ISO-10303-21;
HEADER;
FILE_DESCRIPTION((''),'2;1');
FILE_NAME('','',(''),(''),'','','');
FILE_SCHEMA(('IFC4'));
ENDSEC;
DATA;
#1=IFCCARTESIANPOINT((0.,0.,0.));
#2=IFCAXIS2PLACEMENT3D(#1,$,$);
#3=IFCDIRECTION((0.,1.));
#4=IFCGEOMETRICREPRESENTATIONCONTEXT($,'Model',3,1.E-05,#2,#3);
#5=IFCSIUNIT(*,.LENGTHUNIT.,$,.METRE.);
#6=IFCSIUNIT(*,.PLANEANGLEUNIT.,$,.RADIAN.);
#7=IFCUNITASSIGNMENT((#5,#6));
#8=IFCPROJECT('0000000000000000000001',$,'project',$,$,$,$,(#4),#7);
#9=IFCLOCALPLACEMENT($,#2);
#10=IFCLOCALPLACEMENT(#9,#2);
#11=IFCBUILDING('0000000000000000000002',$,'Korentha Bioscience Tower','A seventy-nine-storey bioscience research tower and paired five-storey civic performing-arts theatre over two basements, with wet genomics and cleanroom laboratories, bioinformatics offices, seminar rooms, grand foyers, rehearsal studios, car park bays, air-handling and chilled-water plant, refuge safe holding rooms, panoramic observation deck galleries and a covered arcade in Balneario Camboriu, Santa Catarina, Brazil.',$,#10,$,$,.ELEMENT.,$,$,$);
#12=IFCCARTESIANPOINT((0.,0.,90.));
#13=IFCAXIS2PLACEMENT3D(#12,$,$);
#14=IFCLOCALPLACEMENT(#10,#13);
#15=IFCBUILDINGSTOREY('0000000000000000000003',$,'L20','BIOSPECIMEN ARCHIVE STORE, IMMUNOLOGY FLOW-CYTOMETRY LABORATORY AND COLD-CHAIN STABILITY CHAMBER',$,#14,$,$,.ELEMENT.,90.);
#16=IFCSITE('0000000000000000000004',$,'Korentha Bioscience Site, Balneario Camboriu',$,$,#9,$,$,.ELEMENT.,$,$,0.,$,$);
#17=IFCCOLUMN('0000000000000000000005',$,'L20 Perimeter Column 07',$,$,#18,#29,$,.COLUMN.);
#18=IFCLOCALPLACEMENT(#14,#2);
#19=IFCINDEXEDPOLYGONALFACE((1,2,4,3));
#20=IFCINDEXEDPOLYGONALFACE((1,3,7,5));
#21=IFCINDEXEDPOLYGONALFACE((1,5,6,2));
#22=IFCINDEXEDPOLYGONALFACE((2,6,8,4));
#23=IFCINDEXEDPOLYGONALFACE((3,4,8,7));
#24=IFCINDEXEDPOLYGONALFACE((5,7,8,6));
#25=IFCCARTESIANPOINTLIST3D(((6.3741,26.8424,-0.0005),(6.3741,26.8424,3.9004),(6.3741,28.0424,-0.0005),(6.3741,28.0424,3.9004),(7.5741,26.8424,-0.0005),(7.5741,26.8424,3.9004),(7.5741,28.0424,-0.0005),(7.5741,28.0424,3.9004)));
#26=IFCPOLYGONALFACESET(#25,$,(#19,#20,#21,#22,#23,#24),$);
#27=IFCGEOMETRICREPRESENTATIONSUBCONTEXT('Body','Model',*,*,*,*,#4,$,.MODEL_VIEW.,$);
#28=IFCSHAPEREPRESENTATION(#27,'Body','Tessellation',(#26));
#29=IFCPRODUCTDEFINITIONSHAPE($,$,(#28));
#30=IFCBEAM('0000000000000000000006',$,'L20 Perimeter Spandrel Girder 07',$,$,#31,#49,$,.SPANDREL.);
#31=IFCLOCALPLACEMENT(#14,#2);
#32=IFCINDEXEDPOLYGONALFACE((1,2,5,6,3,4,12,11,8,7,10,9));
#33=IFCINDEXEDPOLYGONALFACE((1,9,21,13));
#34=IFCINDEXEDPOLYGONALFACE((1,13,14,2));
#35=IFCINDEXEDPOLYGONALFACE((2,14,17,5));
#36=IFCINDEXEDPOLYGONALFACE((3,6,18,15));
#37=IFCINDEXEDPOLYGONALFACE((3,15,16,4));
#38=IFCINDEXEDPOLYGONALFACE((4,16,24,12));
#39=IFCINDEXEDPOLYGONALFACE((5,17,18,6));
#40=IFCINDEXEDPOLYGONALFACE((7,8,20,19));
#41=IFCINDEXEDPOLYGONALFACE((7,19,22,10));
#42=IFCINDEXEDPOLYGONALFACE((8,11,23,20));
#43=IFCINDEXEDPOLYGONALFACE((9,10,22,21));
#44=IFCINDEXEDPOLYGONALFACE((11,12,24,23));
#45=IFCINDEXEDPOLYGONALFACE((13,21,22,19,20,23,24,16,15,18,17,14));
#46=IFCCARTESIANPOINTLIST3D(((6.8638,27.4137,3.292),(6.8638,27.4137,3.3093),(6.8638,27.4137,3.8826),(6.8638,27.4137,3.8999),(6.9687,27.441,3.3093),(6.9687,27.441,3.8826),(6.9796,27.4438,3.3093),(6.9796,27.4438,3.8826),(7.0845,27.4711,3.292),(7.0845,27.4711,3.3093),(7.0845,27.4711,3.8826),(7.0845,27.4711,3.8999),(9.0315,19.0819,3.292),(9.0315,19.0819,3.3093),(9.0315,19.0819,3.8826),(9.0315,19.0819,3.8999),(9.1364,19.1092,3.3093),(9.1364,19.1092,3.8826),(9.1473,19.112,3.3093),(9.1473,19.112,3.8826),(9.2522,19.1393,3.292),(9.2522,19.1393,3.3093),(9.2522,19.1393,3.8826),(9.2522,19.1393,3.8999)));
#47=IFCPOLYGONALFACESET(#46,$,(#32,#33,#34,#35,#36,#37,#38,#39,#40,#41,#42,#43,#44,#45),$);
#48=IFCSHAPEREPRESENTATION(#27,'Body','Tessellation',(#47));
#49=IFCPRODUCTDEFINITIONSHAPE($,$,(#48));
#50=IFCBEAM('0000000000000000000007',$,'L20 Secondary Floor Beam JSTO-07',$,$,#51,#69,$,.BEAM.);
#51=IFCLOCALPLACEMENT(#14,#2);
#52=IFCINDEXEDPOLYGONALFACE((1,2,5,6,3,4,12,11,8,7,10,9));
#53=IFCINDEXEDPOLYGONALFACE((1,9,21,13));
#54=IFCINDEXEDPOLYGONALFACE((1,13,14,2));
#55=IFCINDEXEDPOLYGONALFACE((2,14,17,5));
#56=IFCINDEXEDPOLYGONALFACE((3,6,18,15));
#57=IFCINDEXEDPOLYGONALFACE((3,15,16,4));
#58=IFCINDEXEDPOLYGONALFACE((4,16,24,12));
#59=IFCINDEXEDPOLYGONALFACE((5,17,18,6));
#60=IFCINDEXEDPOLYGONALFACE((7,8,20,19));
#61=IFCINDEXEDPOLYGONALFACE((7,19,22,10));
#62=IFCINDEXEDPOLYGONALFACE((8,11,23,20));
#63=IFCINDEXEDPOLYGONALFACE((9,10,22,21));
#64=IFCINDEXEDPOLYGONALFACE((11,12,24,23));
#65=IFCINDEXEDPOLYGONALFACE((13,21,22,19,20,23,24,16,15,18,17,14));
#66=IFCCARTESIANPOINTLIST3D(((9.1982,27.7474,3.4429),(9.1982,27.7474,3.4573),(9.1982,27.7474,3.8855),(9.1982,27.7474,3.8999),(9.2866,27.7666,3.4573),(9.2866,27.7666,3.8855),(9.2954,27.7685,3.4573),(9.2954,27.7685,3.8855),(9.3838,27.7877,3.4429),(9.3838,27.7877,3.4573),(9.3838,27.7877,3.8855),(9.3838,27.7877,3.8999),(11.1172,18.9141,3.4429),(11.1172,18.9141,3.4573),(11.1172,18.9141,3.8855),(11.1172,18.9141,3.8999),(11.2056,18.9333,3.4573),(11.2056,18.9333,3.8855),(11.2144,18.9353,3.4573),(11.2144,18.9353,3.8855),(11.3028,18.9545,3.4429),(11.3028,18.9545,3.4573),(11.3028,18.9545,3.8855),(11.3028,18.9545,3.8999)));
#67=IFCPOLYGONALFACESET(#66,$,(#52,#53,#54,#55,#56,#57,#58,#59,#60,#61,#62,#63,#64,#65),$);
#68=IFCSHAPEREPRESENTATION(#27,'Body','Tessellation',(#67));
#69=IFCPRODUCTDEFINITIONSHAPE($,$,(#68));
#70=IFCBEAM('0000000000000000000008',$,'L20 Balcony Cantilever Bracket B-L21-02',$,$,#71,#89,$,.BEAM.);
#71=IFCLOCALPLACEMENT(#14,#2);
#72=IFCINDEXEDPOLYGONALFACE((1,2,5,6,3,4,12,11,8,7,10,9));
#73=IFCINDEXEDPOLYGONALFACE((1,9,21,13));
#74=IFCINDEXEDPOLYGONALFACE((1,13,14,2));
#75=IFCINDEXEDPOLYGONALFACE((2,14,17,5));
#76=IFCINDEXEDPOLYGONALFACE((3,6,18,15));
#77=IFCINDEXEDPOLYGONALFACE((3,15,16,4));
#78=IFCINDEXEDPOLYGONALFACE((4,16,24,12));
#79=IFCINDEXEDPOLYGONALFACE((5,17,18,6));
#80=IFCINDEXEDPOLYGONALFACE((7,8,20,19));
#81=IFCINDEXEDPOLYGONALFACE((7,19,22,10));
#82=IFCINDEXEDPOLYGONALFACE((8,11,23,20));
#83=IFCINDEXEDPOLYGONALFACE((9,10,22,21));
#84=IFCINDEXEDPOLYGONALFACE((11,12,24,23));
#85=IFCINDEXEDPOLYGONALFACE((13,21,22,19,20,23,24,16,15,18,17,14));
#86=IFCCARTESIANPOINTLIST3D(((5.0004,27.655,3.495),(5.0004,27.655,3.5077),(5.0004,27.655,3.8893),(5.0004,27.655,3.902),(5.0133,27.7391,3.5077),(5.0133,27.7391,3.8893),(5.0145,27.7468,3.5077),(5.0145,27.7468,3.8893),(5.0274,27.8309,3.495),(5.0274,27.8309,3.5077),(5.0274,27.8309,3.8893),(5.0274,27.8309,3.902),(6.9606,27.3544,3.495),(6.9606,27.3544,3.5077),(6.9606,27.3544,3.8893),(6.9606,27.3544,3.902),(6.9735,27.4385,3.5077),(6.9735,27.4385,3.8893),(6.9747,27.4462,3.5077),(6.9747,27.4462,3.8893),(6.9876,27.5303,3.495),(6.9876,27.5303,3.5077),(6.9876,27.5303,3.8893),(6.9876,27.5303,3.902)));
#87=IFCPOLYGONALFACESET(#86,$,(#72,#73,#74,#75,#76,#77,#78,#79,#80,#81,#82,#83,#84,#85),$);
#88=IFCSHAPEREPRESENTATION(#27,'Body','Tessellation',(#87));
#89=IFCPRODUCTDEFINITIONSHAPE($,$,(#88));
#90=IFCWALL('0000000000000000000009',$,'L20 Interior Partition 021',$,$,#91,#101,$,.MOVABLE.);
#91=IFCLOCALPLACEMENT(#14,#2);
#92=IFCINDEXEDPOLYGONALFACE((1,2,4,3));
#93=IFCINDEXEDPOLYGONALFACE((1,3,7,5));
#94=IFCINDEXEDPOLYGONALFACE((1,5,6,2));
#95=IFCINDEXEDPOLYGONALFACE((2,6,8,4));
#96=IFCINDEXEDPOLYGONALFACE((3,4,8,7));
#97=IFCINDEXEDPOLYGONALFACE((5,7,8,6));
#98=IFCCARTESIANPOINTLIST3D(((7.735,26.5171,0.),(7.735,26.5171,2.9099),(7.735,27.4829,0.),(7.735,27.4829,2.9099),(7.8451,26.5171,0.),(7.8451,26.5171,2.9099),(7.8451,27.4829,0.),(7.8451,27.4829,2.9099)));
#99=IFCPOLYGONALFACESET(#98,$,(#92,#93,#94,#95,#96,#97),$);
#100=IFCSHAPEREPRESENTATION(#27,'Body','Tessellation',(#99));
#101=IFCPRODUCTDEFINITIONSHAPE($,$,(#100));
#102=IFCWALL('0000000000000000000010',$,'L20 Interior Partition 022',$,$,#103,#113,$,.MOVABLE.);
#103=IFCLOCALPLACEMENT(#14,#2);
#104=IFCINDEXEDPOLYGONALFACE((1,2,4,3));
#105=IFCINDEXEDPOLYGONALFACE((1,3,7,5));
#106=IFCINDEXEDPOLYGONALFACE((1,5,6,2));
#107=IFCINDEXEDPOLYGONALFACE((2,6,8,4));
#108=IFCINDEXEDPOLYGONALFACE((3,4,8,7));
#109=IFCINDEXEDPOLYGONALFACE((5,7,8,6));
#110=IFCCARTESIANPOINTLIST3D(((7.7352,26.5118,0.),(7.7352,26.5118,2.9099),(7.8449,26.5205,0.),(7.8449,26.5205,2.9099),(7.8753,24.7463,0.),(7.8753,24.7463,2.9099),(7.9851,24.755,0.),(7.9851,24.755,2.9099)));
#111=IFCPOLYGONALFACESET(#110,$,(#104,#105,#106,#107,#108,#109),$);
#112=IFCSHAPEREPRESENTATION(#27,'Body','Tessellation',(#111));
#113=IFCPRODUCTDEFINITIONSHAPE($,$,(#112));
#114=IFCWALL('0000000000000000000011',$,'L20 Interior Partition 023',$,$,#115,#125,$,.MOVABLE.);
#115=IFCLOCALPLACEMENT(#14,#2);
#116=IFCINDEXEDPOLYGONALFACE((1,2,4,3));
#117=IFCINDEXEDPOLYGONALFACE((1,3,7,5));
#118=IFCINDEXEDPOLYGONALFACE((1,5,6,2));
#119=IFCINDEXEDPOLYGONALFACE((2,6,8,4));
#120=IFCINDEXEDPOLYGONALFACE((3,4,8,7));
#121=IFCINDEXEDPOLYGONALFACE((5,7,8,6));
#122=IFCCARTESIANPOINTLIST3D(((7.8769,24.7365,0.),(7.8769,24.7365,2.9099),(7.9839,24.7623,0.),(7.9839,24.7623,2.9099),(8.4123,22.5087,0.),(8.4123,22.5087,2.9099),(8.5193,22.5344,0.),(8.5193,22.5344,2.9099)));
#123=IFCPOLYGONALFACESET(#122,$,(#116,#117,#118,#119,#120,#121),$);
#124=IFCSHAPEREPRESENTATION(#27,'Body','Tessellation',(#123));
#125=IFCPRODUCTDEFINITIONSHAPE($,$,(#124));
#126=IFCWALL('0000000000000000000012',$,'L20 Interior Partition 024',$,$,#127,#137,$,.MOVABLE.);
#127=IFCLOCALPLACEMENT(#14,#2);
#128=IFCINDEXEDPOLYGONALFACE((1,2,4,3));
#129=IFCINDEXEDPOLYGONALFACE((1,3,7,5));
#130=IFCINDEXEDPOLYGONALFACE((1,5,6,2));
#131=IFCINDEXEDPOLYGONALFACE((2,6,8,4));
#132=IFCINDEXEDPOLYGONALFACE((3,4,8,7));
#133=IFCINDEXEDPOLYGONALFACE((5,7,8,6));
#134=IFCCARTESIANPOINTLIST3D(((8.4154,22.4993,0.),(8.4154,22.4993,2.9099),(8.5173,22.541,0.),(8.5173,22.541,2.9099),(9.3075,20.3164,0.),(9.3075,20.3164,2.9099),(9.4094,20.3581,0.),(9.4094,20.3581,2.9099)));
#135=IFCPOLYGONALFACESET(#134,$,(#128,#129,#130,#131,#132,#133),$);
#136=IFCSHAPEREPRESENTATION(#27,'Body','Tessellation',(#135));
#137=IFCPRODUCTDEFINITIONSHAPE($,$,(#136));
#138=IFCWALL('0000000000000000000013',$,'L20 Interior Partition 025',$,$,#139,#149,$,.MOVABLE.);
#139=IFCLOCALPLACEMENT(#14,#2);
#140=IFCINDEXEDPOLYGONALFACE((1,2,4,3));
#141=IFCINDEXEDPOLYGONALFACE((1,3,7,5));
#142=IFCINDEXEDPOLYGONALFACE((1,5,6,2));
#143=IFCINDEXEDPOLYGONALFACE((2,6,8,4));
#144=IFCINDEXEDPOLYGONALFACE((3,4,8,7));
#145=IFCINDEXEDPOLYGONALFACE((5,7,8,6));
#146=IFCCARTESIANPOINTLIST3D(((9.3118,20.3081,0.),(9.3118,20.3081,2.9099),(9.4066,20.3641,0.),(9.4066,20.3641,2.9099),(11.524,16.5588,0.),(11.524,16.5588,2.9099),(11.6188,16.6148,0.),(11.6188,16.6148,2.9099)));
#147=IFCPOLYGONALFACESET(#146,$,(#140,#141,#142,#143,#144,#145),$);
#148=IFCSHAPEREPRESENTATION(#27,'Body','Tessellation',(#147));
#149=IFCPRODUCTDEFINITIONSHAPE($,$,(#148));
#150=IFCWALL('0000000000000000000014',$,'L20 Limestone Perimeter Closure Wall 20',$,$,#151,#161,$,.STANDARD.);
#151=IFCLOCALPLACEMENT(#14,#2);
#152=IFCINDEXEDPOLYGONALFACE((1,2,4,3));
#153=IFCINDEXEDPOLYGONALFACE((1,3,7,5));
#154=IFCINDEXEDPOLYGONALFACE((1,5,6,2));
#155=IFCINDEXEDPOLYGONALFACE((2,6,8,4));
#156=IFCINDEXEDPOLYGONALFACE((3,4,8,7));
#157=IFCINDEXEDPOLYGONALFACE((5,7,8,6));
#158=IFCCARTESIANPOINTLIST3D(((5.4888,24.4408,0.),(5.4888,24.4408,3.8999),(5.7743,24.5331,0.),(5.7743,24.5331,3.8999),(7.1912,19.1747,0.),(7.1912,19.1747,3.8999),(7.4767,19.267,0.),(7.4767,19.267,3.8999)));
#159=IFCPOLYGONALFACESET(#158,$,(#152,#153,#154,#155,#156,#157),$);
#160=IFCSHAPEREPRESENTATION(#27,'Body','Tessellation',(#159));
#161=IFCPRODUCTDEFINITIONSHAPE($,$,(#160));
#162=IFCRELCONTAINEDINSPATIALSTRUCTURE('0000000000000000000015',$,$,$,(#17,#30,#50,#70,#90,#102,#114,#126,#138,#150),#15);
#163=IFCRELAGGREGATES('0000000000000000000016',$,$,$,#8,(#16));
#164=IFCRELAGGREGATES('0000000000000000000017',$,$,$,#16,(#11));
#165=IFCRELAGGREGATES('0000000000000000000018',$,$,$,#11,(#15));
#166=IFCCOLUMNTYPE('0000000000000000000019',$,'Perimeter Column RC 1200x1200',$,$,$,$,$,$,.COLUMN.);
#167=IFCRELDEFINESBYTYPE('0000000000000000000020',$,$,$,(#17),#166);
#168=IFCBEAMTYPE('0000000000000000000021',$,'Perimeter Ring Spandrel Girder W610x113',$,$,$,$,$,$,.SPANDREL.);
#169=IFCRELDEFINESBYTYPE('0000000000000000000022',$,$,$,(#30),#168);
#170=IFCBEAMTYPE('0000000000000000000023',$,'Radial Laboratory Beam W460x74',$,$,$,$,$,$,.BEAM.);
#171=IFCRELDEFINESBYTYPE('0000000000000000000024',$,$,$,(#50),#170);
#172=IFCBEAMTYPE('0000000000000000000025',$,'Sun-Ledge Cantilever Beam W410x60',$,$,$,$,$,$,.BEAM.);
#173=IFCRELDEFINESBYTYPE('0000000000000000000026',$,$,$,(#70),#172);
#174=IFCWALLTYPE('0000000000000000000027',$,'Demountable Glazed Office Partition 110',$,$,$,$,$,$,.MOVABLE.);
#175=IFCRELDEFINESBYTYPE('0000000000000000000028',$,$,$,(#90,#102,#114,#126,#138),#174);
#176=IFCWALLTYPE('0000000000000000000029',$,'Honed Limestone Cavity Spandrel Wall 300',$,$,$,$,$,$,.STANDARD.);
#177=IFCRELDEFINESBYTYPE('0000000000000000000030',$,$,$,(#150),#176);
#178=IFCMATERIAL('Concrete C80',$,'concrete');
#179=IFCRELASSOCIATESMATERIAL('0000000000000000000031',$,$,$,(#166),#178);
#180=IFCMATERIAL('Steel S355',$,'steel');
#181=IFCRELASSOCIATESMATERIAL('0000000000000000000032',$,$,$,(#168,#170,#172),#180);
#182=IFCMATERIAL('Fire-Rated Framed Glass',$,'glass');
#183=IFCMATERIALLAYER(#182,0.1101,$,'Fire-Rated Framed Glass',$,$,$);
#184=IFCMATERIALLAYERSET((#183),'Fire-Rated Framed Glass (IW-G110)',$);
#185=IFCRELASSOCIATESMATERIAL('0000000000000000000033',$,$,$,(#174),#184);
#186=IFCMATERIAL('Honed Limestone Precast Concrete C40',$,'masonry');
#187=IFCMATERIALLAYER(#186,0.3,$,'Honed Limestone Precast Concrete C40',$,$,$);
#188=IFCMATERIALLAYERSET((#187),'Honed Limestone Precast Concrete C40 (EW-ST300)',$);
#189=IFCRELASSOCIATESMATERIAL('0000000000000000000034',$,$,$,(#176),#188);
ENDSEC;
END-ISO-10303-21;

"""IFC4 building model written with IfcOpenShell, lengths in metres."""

from ifc_helpers import new_model, si_unit, direction, frame, frame_2d, origin, origin_2d, place, context, subcontext, project, spatial, rectangle, i_section, extrude, material, layer, layer_set, material_profile, profile_set, type_object, element, save


model = new_model("IFC4")

# Units and contexts
model_context = context("Model", 3, precision=1e-05, world=origin(), true_north=direction((0.0, 1.0)))
body_context = subcontext(model_context, "Body", "Model", "MODEL_VIEW")
ifc_project = project(units=[si_unit("LENGTHUNIT", "METRE"), si_unit("PLANEANGLEUNIT", "RADIAN")], contexts=[model_context])

# Site, building, storey
site_placement = place(None, origin())
site = spatial("IfcSite", under=ifc_project, at=site_placement, Name="Korentha Bioscience Site, Balneario Camboriu", CompositionType="ELEMENT", RefElevation=0.0)
building_placement = place(site_placement, origin())
building = spatial("IfcBuilding", under=site, at=building_placement, Name="Korentha Bioscience Tower", Description="A seventy-nine-storey bioscience research tower and paired five-storey civic performing-arts theatre over two basements, with wet genomics and cleanroom laboratories, bioinformatics offices, seminar rooms, grand foyers, rehearsal studios, car park bays, air-handling and chilled-water plant, refuge safe holding rooms, panoramic observation deck galleries and a covered arcade in Balneario Camboriu, Santa Catarina, Brazil.", CompositionType="ELEMENT")
storey_placement = place(building_placement, frame((0.0, 0.0, 90.0)))
storey = spatial("IfcBuildingStorey", under=building, at=storey_placement, Name="L20", Description="BIOSPECIMEN ARCHIVE STORE, IMMUNOLOGY FLOW-CYTOMETRY LABORATORY AND COLD-CHAIN STABILITY CHAMBER", CompositionType="ELEMENT", Elevation=90.0)

# Column
ifc_material_1 = material(Name="Concrete C80", Category="concrete")
ifc_material_profile_1 = material_profile(ifc_material_1, rectangle(XDim=1.2, YDim=1.2, at=origin_2d()), Name="Concrete C80")
ifc_profile_set_1 = profile_set([ifc_material_profile_1], Name="Concrete C80 (COL-P12)")
column_type = type_object("IfcColumnType", Name="Perimeter Column RC 1200x1200", PredefinedType="COLUMN", material=ifc_profile_set_1)
column_placement = place(storey_placement, frame((6.9741, 27.4424, -0.0005), z_axis=(0.0, 0.0, 1.0), x_axis=(0.0, 1.0, 0.0)))
element("IfcColumn", 1, at=column_placement, inside=storey, type_object=column_type, Name="L20 Perimeter Column 07", PredefinedType="COLUMN", context=body_context, shape_type="SweptSolid", body=[
    extrude(rectangle(XDim=1.2, YDim=1.2, at=origin_2d()), origin(), (0.0, 0.0, 1.0), 3.9009),
])

# Beams
ifc_material_2 = material(Name="Steel S355", Category="steel")
ifc_material_profile_2 = material_profile(ifc_material_2, i_section(OverallWidth=0.228, OverallDepth=0.6079, WebThickness=0.0112, FlangeThickness=0.0173, at=origin_2d()), Name="Steel S355")
ifc_profile_set_2 = profile_set([ifc_material_profile_2], Name="Steel S355 (SB-610)")
beam_type_1 = type_object("IfcBeamType", Name="Perimeter Ring Spandrel Girder W610x113", PredefinedType="SPANDREL", material=ifc_profile_set_2)
beam_1_placement = place(storey_placement, frame((6.9741, 27.4424, 3.5959), z_axis=(0.251793, -0.967781, 0.0), x_axis=(0.967781, 0.251793, 0.0)))
element("IfcBeam", 2, at=beam_1_placement, inside=storey, type_object=beam_type_1, Name="L20 Perimeter Spandrel Girder 07", PredefinedType="SPANDREL", context=body_context, shape_type="SweptSolid", body=[
    extrude(i_section(OverallWidth=0.228, OverallDepth=0.6079, WebThickness=0.0112, FlangeThickness=0.0173, at=origin_2d()), origin(), (0.0, 0.0, 1.0), 8.6091),
])
ifc_material_profile_3 = material_profile(ifc_material_2, i_section(OverallWidth=0.1899, OverallDepth=0.457, WebThickness=0.009, FlangeThickness=0.0144, at=origin_2d()), Name="Steel S355")
ifc_profile_set_3 = profile_set([ifc_material_profile_3], Name="Steel S355 (RB-460)")
beam_type_2 = type_object("IfcBeamType", Name="Radial Laboratory Beam W460x74", PredefinedType="BEAM", material=ifc_profile_set_3)
beam_2_placement = place(storey_placement, frame((9.291, 27.7676, 3.6714), z_axis=(0.212289, -0.977207, 0.0), x_axis=(0.977207, 0.212289, 0.0)))
element("IfcBeam", 3, at=beam_2_placement, inside=storey, type_object=beam_type_2, Name="L20 Secondary Floor Beam JSTO-07", PredefinedType="BEAM", context=body_context, shape_type="SweptSolid", body=[
    extrude(i_section(OverallWidth=0.1899, OverallDepth=0.457, WebThickness=0.009, FlangeThickness=0.0144, at=origin_2d()), origin(), (0.0, 0.0, 1.0), 9.0393),
])
ifc_material_profile_4 = material_profile(ifc_material_2, i_section(OverallWidth=0.178, OverallDepth=0.407, WebThickness=0.0078, FlangeThickness=0.0127, at=origin_2d()), Name="Steel S355")
ifc_profile_set_4 = profile_set([ifc_material_profile_4], Name="Steel S355 (CB-410)")
beam_type_3 = type_object("IfcBeamType", Name="Sun-Ledge Cantilever Beam W410x60", PredefinedType="BEAM", material=ifc_profile_set_4)
beam_3_placement = place(storey_placement, frame((6.9741, 27.4424, 3.6985), z_axis=(-0.98845, 0.151548, 0.0), x_axis=(-0.151548, -0.98845, 0.0)))
element("IfcBeam", 4, at=beam_3_placement, inside=storey, type_object=beam_type_3, Name="L20 Balcony Cantilever Bracket B-L21-02", PredefinedType="BEAM", context=body_context, shape_type="SweptSolid", body=[
    extrude(i_section(OverallWidth=0.178, OverallDepth=0.407, WebThickness=0.0078, FlangeThickness=0.0127, at=origin_2d()), origin(), (0.0, 0.0, 1.0), 1.9832),
])

# Walls
ifc_material_3 = material(Name="Fire-Rated Framed Glass", Category="glass")
ifc_layer_1 = layer(ifc_material_3, 0.1101, Name="Fire-Rated Framed Glass")
ifc_layer_set_1 = layer_set([ifc_layer_1], Name="Fire-Rated Framed Glass (IW-G110)")
wall_type_1 = type_object("IfcWallType", Name="Demountable Glazed Office Partition 110", PredefinedType="MOVABLE", material=ifc_layer_set_1)
wall_1_placement = place(storey_placement, frame((7.79, 27.4829, 0.0), z_axis=(0.0, 0.0, 1.0), x_axis=(0.0, -1.0, 0.0)))
element("IfcWall", 5, at=wall_1_placement, inside=storey, type_object=wall_type_1, Name="L20 Interior Partition 021", PredefinedType="MOVABLE", context=body_context, shape_type="SweptSolid", body=[
    extrude(rectangle(XDim=0.9658, YDim=0.1101, at=frame_2d((0.4829, 0.0))), origin(), (0.0, 0.0, 1.0), 2.9099),
])
wall_2_placement = place(storey_placement, frame((7.79, 26.5161, 0.0), z_axis=(0.0, 0.0, 1.0), x_axis=(0.079132, -0.996864, 0.0)))
element("IfcWall", 6, at=wall_2_placement, inside=storey, type_object=wall_type_1, Name="L20 Interior Partition 022", PredefinedType="MOVABLE", context=body_context, shape_type="SweptSolid", body=[
    extrude(rectangle(XDim=1.771, YDim=0.1101, at=frame_2d((0.8855, 0.0))), origin(), (0.0, 0.0, 1.0), 2.9099),
])
wall_3_placement = place(storey_placement, frame((7.9304, 24.7493, 0.0), z_axis=(0.0, 0.0, 1.0), x_axis=(0.233675, -0.972315, 0.0)))
element("IfcWall", 7, at=wall_3_placement, inside=storey, type_object=wall_type_1, Name="L20 Interior Partition 023", PredefinedType="MOVABLE", context=body_context, shape_type="SweptSolid", body=[
    extrude(rectangle(XDim=2.2913, YDim=0.1101, at=frame_2d((1.1455, 0.0))), origin(), (0.0, 0.0, 1.0), 2.9099),
])
wall_4_placement = place(storey_placement, frame((8.4663, 22.5203, 0.0), z_axis=(0.0, 0.0, 1.0), x_axis=(0.378306, -0.92568, 0.0)))
element("IfcWall", 8, at=wall_4_placement, inside=storey, type_object=wall_type_1, Name="L20 Interior Partition 024", PredefinedType="MOVABLE", context=body_context, shape_type="SweptSolid", body=[
    extrude(rectangle(XDim=2.3582, YDim=0.1101, at=frame_2d((1.1792, 0.0))), origin(), (0.0, 0.0, 1.0), 2.9099),
])
wall_5_placement = place(storey_placement, frame((9.3591, 20.3362, 0.0), z_axis=(0.0, 0.0, 1.0), x_axis=(0.508164, -0.86126, 0.0)))
element("IfcWall", 9, at=wall_5_placement, inside=storey, type_object=wall_type_1, Name="L20 Interior Partition 025", PredefinedType="MOVABLE", context=body_context, shape_type="SweptSolid", body=[
    extrude(rectangle(XDim=4.3533, YDim=0.1101, at=frame_2d((2.1768, 0.0))), origin(), (0.0, 0.0, 1.0), 2.9099),
])

# Shared definitions
ifc_material_4 = material(Name="Honed Limestone Precast Concrete C40", Category="masonry")
ifc_layer_2 = layer(ifc_material_4, 0.3, Name="Honed Limestone Precast Concrete C40")
ifc_layer_set_2 = layer_set([ifc_layer_2], Name="Honed Limestone Precast Concrete C40 (EW-ST300)")
wall_type_2 = type_object("IfcWallType", Name="Honed Limestone Cavity Spandrel Wall 300", PredefinedType="STANDARD", material=ifc_layer_set_2)

# Wall
wall_6_placement = place(storey_placement, frame((5.6316, 24.4868, 0.0), z_axis=(0.0, 0.0, 1.0), x_axis=(0.307599, -0.951516, 0.0)))
element("IfcWall", 10, at=wall_6_placement, inside=storey, type_object=wall_type_2, Name="L20 Limestone Perimeter Closure Wall 20", PredefinedType="STANDARD", context=body_context, shape_type="SweptSolid", body=[
    extrude(rectangle(XDim=5.5344, YDim=0.3, at=frame_2d((2.7671, 0.0))), origin(), (0.0, 0.0, 1.0), 3.8999),
])

save(model, "model.ifc")
